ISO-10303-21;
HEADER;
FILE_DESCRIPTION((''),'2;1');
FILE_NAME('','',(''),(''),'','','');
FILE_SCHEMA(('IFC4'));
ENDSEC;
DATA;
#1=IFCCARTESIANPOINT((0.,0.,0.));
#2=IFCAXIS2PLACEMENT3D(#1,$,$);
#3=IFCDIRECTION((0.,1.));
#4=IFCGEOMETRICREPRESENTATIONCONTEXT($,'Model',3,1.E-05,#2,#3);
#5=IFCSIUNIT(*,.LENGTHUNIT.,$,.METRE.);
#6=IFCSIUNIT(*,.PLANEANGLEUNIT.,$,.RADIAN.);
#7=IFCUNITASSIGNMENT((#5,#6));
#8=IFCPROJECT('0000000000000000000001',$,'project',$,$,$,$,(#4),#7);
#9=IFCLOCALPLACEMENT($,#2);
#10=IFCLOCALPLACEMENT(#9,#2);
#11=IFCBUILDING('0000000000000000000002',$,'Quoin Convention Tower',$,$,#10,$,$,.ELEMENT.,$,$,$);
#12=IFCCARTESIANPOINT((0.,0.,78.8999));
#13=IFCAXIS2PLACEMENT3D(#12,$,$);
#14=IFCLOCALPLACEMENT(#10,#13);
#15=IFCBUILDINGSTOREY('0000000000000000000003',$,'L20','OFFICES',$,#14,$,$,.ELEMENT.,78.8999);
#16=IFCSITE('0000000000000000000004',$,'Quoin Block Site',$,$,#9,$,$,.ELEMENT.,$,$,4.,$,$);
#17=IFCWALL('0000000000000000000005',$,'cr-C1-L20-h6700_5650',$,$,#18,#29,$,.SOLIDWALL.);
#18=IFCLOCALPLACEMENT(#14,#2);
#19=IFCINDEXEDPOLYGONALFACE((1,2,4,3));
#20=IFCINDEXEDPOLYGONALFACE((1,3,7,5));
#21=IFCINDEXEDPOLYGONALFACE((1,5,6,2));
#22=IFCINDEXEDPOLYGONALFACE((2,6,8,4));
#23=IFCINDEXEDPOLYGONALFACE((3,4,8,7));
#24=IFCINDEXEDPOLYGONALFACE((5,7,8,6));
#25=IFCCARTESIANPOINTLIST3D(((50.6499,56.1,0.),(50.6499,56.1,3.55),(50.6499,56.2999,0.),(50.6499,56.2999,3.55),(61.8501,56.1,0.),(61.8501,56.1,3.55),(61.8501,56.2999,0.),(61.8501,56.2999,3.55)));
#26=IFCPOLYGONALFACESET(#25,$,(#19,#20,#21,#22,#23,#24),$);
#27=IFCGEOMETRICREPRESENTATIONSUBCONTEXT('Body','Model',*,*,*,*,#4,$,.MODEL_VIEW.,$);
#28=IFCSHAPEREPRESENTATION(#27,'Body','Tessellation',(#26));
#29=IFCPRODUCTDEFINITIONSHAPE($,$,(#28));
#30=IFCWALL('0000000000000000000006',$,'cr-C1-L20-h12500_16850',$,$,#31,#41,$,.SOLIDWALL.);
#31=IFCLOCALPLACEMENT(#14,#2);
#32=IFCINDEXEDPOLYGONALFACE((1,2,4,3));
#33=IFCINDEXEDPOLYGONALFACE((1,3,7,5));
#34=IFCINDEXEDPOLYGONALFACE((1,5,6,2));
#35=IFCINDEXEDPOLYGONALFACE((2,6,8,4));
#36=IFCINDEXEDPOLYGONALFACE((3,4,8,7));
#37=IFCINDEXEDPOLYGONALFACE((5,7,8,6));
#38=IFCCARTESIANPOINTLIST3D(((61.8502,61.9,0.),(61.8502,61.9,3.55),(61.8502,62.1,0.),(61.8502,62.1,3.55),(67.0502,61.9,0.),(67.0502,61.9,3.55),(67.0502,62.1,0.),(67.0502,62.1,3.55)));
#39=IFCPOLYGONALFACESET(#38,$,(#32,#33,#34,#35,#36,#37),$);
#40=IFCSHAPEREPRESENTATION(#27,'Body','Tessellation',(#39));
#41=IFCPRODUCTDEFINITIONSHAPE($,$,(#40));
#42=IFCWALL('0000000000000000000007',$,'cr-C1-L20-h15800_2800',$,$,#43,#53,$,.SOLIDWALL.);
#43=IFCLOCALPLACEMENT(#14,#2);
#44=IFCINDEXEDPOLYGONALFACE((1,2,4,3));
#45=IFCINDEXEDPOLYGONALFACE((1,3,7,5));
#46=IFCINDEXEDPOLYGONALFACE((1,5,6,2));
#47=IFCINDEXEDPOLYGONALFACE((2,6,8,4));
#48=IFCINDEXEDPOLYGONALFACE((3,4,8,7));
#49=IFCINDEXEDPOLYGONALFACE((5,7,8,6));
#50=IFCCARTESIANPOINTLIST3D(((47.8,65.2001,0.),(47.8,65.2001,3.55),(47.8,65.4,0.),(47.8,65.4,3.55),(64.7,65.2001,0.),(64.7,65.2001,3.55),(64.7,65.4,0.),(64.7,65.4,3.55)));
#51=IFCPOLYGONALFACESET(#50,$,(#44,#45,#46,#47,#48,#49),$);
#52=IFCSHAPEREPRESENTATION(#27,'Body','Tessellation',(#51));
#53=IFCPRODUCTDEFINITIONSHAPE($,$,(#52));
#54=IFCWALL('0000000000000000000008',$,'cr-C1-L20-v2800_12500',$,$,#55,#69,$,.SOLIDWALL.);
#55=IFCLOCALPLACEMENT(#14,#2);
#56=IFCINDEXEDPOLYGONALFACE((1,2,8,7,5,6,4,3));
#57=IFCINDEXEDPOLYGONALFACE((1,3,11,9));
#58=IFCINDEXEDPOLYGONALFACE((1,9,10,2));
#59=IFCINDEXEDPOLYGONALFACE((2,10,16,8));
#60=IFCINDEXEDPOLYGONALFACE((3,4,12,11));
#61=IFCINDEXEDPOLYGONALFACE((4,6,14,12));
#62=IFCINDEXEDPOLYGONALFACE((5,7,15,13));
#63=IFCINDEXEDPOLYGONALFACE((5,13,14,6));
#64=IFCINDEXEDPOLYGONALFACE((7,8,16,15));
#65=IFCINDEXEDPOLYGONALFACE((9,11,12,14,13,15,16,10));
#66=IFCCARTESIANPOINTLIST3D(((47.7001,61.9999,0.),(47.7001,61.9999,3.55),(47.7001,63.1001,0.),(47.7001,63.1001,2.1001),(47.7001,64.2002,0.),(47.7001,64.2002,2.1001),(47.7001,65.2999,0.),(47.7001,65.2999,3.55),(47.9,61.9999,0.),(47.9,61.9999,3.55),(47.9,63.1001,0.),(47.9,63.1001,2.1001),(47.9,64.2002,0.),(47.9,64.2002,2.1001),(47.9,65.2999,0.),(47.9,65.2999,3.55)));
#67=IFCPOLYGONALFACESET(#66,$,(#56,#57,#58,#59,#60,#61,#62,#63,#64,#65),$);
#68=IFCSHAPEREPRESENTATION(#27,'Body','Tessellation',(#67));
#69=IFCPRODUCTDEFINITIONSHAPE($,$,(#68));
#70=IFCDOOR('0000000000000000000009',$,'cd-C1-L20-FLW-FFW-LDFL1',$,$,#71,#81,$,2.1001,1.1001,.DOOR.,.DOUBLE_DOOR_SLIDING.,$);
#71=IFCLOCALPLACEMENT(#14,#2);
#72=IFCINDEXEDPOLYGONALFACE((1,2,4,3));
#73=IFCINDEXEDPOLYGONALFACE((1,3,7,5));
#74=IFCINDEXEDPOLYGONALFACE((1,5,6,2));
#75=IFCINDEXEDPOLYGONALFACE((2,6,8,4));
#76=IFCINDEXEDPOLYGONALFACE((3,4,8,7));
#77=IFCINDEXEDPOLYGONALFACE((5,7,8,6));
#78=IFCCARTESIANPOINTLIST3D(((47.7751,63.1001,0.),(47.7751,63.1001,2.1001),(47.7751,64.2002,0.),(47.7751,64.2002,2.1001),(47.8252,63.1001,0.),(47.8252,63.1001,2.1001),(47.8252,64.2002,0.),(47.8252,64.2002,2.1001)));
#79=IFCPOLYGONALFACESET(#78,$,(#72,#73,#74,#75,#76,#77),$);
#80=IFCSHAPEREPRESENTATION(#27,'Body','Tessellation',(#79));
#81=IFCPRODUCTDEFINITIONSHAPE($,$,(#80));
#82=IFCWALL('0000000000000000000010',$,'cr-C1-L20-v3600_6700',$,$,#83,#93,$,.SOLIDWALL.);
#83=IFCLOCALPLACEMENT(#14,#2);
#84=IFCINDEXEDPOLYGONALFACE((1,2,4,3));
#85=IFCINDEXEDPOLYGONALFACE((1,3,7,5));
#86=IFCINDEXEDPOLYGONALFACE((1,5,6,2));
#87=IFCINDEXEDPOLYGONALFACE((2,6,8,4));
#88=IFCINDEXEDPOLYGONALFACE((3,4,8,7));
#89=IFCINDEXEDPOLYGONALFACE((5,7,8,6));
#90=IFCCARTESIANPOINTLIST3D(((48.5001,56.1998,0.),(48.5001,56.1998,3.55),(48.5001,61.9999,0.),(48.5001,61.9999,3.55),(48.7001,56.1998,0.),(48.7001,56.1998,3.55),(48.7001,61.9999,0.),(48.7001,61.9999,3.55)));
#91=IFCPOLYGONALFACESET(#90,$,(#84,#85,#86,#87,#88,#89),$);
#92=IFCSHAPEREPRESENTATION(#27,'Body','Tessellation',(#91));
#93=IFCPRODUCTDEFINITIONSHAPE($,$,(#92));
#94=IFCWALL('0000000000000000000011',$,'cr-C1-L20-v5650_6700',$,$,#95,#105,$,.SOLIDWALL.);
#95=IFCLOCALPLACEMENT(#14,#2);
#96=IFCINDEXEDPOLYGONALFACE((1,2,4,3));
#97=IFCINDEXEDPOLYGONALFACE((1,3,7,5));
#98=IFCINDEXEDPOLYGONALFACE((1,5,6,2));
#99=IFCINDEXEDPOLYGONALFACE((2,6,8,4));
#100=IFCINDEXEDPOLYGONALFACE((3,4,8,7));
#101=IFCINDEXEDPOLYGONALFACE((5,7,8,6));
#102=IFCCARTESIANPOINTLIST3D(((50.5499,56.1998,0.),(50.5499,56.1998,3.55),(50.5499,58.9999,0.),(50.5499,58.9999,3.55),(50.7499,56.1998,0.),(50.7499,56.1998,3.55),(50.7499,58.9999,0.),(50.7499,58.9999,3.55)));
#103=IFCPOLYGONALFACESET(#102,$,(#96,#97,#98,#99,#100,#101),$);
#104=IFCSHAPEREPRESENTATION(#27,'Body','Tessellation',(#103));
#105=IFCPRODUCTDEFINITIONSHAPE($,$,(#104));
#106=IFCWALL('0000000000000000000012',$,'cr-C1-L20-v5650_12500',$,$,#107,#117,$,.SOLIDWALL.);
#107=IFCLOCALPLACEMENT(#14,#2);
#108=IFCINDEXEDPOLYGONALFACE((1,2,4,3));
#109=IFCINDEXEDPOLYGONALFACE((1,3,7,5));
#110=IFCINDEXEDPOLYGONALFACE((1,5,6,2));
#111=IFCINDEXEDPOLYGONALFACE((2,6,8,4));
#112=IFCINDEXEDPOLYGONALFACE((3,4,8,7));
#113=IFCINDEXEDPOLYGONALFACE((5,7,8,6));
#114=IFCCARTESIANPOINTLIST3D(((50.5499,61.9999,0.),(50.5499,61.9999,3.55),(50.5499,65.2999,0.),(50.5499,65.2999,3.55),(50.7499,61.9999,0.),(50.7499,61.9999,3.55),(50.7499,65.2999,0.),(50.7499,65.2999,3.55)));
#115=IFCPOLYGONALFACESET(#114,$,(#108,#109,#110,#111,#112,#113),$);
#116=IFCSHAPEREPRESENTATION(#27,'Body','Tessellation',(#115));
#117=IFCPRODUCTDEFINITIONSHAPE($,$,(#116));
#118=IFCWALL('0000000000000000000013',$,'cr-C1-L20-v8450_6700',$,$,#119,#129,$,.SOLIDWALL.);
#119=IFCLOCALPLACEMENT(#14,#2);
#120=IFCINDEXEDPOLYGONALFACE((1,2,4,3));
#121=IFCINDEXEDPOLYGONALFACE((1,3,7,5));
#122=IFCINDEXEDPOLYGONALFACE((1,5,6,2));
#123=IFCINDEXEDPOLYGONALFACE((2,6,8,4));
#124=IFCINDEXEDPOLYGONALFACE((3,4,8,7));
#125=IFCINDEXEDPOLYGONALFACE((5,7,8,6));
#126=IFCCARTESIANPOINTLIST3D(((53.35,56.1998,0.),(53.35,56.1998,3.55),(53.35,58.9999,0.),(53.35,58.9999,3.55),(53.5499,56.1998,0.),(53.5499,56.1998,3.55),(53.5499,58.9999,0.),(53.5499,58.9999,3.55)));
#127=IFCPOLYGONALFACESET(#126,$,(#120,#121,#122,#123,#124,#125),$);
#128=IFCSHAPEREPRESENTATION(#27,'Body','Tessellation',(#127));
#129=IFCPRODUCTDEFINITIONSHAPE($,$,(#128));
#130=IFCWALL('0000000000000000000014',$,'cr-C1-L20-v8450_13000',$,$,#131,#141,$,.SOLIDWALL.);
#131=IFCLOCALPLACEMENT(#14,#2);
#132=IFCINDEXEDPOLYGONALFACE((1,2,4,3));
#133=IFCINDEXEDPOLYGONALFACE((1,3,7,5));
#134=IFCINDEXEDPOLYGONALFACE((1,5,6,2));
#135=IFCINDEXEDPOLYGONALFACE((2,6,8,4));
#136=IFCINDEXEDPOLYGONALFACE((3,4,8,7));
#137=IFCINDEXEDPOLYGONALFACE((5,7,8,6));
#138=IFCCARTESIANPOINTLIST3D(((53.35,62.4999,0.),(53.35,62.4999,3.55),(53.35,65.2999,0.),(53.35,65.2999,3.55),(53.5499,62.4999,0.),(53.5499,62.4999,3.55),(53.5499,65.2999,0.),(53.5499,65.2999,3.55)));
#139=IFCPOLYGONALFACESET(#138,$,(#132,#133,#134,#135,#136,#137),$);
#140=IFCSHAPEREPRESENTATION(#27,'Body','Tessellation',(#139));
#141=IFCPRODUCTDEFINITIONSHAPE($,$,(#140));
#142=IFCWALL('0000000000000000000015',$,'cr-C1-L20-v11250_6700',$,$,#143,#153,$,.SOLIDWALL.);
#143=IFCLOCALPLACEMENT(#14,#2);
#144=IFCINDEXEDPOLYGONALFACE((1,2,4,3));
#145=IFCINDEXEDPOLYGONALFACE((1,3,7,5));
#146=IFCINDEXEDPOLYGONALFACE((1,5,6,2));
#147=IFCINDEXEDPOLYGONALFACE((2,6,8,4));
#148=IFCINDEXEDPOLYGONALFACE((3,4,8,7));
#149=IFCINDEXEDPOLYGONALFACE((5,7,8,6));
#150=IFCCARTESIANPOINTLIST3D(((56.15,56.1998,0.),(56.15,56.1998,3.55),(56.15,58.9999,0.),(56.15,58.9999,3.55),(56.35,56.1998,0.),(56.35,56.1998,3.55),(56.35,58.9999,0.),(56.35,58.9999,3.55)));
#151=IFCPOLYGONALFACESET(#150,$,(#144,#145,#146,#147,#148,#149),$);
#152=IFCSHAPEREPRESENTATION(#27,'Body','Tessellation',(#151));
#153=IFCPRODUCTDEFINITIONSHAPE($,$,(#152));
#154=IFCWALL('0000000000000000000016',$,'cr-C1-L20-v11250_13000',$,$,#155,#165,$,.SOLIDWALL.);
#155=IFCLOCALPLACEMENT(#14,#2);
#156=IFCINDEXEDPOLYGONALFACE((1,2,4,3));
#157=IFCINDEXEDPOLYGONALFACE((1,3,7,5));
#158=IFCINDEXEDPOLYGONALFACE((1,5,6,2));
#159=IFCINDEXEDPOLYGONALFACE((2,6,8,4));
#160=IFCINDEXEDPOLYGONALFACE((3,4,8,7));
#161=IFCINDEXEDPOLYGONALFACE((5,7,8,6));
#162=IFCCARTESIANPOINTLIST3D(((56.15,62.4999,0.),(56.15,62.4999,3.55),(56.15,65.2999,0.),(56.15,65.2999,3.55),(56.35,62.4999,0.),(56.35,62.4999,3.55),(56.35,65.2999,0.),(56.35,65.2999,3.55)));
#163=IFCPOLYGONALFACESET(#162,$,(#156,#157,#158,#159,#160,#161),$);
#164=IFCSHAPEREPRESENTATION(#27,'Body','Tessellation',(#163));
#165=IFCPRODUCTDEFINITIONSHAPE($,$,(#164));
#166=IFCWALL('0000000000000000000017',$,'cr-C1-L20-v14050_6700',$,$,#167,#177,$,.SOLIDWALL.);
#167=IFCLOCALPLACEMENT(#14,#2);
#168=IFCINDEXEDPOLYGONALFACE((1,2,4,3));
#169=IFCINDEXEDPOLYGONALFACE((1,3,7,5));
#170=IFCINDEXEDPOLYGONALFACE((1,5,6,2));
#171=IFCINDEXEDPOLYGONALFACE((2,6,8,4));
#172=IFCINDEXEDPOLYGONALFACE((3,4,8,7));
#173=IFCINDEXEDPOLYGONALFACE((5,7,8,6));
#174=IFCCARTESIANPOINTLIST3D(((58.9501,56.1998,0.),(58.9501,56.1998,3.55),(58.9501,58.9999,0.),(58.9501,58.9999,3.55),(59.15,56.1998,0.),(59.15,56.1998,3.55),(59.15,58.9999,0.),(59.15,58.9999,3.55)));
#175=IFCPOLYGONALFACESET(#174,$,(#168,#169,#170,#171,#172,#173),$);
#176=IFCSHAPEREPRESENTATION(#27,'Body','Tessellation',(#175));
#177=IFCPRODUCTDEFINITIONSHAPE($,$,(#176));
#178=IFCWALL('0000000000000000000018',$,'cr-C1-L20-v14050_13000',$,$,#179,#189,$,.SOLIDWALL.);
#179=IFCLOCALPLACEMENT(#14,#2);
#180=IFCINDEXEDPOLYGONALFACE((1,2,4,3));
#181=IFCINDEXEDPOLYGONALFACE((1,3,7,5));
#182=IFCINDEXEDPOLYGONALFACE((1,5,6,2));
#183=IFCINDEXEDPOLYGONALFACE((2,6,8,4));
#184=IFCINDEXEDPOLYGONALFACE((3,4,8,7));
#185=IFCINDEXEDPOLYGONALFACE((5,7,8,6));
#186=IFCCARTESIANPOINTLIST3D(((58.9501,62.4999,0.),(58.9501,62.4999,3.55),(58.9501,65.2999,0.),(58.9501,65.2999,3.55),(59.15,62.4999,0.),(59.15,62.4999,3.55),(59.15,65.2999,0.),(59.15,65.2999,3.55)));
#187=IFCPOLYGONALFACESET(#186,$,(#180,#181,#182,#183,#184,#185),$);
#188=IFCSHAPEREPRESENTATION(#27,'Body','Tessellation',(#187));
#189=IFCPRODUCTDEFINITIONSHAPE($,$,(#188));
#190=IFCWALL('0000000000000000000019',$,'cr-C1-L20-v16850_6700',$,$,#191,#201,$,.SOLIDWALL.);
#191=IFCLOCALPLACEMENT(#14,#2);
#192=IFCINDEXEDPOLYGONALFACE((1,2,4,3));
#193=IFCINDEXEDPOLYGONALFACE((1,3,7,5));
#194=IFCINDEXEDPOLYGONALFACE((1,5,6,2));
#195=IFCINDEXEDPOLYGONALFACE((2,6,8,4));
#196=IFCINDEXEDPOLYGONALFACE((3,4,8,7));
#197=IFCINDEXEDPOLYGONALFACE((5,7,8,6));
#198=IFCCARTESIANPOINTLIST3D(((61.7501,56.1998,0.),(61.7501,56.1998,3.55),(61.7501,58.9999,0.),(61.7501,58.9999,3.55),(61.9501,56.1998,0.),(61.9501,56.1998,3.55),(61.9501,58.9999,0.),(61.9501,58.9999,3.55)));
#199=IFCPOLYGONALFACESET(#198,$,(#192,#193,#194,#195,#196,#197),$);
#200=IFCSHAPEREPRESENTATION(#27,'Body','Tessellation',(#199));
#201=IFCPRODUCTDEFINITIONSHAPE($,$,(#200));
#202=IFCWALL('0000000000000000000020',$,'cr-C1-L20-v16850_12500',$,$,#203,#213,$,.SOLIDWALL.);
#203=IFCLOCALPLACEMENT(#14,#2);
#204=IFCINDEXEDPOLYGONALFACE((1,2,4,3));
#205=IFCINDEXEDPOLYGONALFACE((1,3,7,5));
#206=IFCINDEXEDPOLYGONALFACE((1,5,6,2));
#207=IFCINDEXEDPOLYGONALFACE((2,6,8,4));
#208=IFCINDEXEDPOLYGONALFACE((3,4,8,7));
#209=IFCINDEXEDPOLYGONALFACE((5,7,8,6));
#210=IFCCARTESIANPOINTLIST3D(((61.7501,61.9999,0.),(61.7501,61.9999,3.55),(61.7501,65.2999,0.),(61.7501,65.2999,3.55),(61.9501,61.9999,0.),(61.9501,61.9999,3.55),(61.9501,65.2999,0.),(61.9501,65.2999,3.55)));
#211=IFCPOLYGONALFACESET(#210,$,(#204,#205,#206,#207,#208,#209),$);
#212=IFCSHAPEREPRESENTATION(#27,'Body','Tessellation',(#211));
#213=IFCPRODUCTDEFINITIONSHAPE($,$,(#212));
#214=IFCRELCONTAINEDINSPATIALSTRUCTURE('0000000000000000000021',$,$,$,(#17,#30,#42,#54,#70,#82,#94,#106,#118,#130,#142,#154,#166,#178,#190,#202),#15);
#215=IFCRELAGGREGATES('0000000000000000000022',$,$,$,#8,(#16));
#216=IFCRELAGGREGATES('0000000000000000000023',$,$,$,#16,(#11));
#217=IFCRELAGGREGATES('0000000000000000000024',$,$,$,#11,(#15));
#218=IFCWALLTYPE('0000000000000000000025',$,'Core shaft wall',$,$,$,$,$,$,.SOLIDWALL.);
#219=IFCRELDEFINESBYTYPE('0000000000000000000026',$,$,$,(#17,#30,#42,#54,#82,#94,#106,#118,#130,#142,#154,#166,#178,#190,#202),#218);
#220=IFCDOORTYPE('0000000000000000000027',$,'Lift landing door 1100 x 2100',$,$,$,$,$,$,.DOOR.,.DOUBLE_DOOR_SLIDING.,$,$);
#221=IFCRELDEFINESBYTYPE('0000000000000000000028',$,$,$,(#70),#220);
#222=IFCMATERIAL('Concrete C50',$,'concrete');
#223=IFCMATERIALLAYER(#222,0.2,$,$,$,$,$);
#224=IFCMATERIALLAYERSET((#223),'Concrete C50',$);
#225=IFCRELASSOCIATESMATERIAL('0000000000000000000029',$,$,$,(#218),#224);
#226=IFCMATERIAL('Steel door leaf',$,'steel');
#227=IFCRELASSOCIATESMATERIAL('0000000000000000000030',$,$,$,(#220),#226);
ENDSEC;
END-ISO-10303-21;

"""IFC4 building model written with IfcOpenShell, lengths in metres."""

from ifc_helpers import new_model, si_unit, direction, frame, frame_2d, origin, place, context, subcontext, project, spatial, rectangle, extrude, material, layer, layer_set, type_object, element, fill, save


model = new_model("IFC4")

# Units and contexts
model_context = context("Model", 3, precision=1e-05, world=origin(), true_north=direction((0.0, 1.0)))
body_context = subcontext(model_context, "Body", "Model", "MODEL_VIEW")
ifc_project = project(units=[si_unit("LENGTHUNIT", "METRE"), si_unit("PLANEANGLEUNIT", "RADIAN")], contexts=[model_context])

# Site, building, storey
site_placement = place(None, origin())
site = spatial("IfcSite", under=ifc_project, at=site_placement, Name="Quoin Block Site", CompositionType="ELEMENT", RefElevation=4.0)
building_placement = place(site_placement, origin())
building = spatial("IfcBuilding", under=site, at=building_placement, Name="Quoin Convention Tower", CompositionType="ELEMENT")
storey_placement = place(building_placement, frame((0.0, 0.0, 78.8999)))
storey = spatial("IfcBuildingStorey", under=building, at=storey_placement, Name="L20", Description="OFFICES", CompositionType="ELEMENT", Elevation=78.8999)

# Shared definitions
ifc_material_1 = material(Name="Steel door leaf", Category="steel")
ifc_material_2 = material(Name="Concrete C50", Category="concrete")
ifc_layer_1 = layer(ifc_material_2, 0.2)
ifc_layer_set_1 = layer_set([ifc_layer_1], Name="Concrete C50")
wall_type_1 = type_object("IfcWallType", Name="Core shaft wall", PredefinedType="SOLIDWALL", material=ifc_layer_set_1)

# Walls
wall_1_placement = place(storey_placement, frame((50.6499, 56.2, 0.0), z_axis=(0.0, 0.0, 1.0), x_axis=(1.0, 0.0, 0.0)))
element("IfcWall", 1, at=wall_1_placement, inside=storey, type_object=wall_type_1, Name="cr-C1-L20-h6700_5650", PredefinedType="SOLIDWALL", context=body_context, shape_type="SweptSolid", body=[
    extrude(rectangle(XDim=11.2002, YDim=0.2, at=frame_2d((5.6001, 0.0))), origin(), (0.0, 0.0, 1.0), 3.55),
])
wall_2_placement = place(storey_placement, frame((61.8501, 62.0, 0.0), z_axis=(0.0, 0.0, 1.0), x_axis=(1.0, 0.0, 0.0)))
element("IfcWall", 2, at=wall_2_placement, inside=storey, type_object=wall_type_1, Name="cr-C1-L20-h12500_16850", PredefinedType="SOLIDWALL", context=body_context, shape_type="SweptSolid", body=[
    extrude(rectangle(XDim=5.2, YDim=0.2, at=frame_2d((2.6001, 0.0))), origin(), (0.0, 0.0, 1.0), 3.55),
])
wall_3_placement = place(storey_placement, frame((47.8, 65.3, 0.0), z_axis=(0.0, 0.0, 1.0), x_axis=(1.0, 0.0, 0.0)))
element("IfcWall", 3, at=wall_3_placement, inside=storey, type_object=wall_type_1, Name="cr-C1-L20-h15800_2800", PredefinedType="SOLIDWALL", context=body_context, shape_type="SweptSolid", body=[
    extrude(rectangle(XDim=16.8999, YDim=0.2, at=frame_2d((8.45, 0.0))), origin(), (0.0, 0.0, 1.0), 3.55),
])

# Wall, opening, door
wall_4_placement = place(storey_placement, frame((47.8, 62.0, 0.0), z_axis=(0.0, 0.0, 1.0), x_axis=(0.0, 1.0, 0.0)))
wall_4 = element("IfcWall", 4, at=wall_4_placement, inside=storey, type_object=wall_type_1, Name="cr-C1-L20-v2800_12500", PredefinedType="SOLIDWALL", context=body_context, shape_type="SweptSolid", body=[
    extrude(rectangle(XDim=3.3, YDim=0.2, at=frame_2d((1.6499, 0.0))), origin(), (0.0, 0.0, 1.0), 3.55),
])
opening_1_placement = place(wall_4_placement, frame((1.1001, 0.0, 0.0)))
opening_1 = element("IfcOpeningElement", 5, at=opening_1_placement, cuts=wall_4, PredefinedType="OPENING", context=body_context, shape_type="SweptSolid", body=[
    extrude(rectangle(XDim=1.1001, YDim=2.1001, at=frame_2d((0.55, 1.05))), frame((0.0, 0.1099, 0.0), z_axis=(0.0, -1.0, 0.0), x_axis=(1.0, 0.0, 0.0)), (0.0, 0.0, 1.0), 0.22),
])
door_type_1 = type_object("IfcDoorType", Name="Lift landing door 1100 x 2100", OperationType="DOUBLE_DOOR_SLIDING", PredefinedType="DOOR", material=ifc_material_1)
door_1_placement = place(opening_1_placement, origin())
door_1 = element("IfcDoor", 6, at=door_1_placement, inside=storey, type_object=door_type_1, Name="cd-C1-L20-FLW-FFW-LDFL1", OperationType="DOUBLE_DOOR_SLIDING", OverallHeight=2.1001, OverallWidth=1.1001, PredefinedType="DOOR", context=body_context, shape_type="SweptSolid", body=[
    extrude(rectangle(XDim=1.1001, YDim=2.1001, at=frame_2d((0.55, 1.05))), frame((0.0, 0.0249, 0.0), z_axis=(0.0, -1.0, 0.0), x_axis=(1.0, 0.0, 0.0)), (0.0, 0.0, 1.0), 0.05),
])
fill(opening_1, door_1)

# Walls
wall_5_placement = place(storey_placement, frame((48.6001, 56.2, 0.0), z_axis=(0.0, 0.0, 1.0), x_axis=(0.0, 1.0, 0.0)))
element("IfcWall", 7, at=wall_5_placement, inside=storey, type_object=wall_type_1, Name="cr-C1-L20-v3600_6700", PredefinedType="SOLIDWALL", context=body_context, shape_type="SweptSolid", body=[
    extrude(rectangle(XDim=5.8, YDim=0.2, at=frame_2d((2.8999, 0.0))), origin(), (0.0, 0.0, 1.0), 3.55),
])
wall_6_placement = place(storey_placement, frame((50.6499, 56.2, 0.0), z_axis=(0.0, 0.0, 1.0), x_axis=(0.0, 1.0, 0.0)))
element("IfcWall", 8, at=wall_6_placement, inside=storey, type_object=wall_type_1, Name="cr-C1-L20-v5650_6700", PredefinedType="SOLIDWALL", context=body_context, shape_type="SweptSolid", body=[
    extrude(rectangle(XDim=2.8, YDim=0.2, at=frame_2d((1.3999, 0.0))), origin(), (0.0, 0.0, 1.0), 3.55),
])
wall_7_placement = place(storey_placement, frame((50.6499, 62.0, 0.0), z_axis=(0.0, 0.0, 1.0), x_axis=(0.0, 1.0, 0.0)))
element("IfcWall", 9, at=wall_7_placement, inside=storey, type_object=wall_type_1, Name="cr-C1-L20-v5650_12500", PredefinedType="SOLIDWALL", context=body_context, shape_type="SweptSolid", body=[
    extrude(rectangle(XDim=3.3, YDim=0.2, at=frame_2d((1.6499, 0.0))), origin(), (0.0, 0.0, 1.0), 3.55),
])
for number, where, z_axis, x_axis, name in (
    (10, (53.45, 56.2, 0.0), (0.0, 0.0, 1.0), (0.0, 1.0, 0.0), "cr-C1-L20-v8450_6700"),
    (11, (53.45, 62.5, 0.0), (0.0, 0.0, 1.0), (0.0, 1.0, 0.0), "cr-C1-L20-v8450_13000"),
    (12, (56.25, 56.2, 0.0), (0.0, 0.0, 1.0), (0.0, 1.0, 0.0), "cr-C1-L20-v11250_6700"),
    (13, (56.25, 62.5, 0.0), (0.0, 0.0, 1.0), (0.0, 1.0, 0.0), "cr-C1-L20-v11250_13000"),
    (14, (59.05, 56.2, 0.0), (0.0, 0.0, 1.0), (0.0, 1.0, 0.0), "cr-C1-L20-v14050_6700"),
    (15, (59.05, 62.5, 0.0), (0.0, 0.0, 1.0), (0.0, 1.0, 0.0), "cr-C1-L20-v14050_13000"),
    (16, (61.8501, 56.2, 0.0), (0.0, 0.0, 1.0), (0.0, 1.0, 0.0), "cr-C1-L20-v16850_6700"),
):
    element("IfcWall", number, at=place(storey_placement, frame(where, z_axis=z_axis, x_axis=x_axis)), inside=storey, type_object=wall_type_1, Name=name, PredefinedType="SOLIDWALL", context=body_context, shape_type="SweptSolid", body=[
        extrude(rectangle(XDim=2.8, YDim=0.2, at=frame_2d((1.3999, 0.0))), origin(), (0.0, 0.0, 1.0), 3.55),
    ])
wall_8_placement = place(storey_placement, frame((61.8501, 62.0, 0.0), z_axis=(0.0, 0.0, 1.0), x_axis=(0.0, 1.0, 0.0)))
element("IfcWall", 17, at=wall_8_placement, inside=storey, type_object=wall_type_1, Name="cr-C1-L20-v16850_12500", PredefinedType="SOLIDWALL", context=body_context, shape_type="SweptSolid", body=[
    extrude(rectangle(XDim=3.3, YDim=0.2, at=frame_2d((1.6499, 0.0))), origin(), (0.0, 0.0, 1.0), 3.55),
])

save(model, "model.ifc")
